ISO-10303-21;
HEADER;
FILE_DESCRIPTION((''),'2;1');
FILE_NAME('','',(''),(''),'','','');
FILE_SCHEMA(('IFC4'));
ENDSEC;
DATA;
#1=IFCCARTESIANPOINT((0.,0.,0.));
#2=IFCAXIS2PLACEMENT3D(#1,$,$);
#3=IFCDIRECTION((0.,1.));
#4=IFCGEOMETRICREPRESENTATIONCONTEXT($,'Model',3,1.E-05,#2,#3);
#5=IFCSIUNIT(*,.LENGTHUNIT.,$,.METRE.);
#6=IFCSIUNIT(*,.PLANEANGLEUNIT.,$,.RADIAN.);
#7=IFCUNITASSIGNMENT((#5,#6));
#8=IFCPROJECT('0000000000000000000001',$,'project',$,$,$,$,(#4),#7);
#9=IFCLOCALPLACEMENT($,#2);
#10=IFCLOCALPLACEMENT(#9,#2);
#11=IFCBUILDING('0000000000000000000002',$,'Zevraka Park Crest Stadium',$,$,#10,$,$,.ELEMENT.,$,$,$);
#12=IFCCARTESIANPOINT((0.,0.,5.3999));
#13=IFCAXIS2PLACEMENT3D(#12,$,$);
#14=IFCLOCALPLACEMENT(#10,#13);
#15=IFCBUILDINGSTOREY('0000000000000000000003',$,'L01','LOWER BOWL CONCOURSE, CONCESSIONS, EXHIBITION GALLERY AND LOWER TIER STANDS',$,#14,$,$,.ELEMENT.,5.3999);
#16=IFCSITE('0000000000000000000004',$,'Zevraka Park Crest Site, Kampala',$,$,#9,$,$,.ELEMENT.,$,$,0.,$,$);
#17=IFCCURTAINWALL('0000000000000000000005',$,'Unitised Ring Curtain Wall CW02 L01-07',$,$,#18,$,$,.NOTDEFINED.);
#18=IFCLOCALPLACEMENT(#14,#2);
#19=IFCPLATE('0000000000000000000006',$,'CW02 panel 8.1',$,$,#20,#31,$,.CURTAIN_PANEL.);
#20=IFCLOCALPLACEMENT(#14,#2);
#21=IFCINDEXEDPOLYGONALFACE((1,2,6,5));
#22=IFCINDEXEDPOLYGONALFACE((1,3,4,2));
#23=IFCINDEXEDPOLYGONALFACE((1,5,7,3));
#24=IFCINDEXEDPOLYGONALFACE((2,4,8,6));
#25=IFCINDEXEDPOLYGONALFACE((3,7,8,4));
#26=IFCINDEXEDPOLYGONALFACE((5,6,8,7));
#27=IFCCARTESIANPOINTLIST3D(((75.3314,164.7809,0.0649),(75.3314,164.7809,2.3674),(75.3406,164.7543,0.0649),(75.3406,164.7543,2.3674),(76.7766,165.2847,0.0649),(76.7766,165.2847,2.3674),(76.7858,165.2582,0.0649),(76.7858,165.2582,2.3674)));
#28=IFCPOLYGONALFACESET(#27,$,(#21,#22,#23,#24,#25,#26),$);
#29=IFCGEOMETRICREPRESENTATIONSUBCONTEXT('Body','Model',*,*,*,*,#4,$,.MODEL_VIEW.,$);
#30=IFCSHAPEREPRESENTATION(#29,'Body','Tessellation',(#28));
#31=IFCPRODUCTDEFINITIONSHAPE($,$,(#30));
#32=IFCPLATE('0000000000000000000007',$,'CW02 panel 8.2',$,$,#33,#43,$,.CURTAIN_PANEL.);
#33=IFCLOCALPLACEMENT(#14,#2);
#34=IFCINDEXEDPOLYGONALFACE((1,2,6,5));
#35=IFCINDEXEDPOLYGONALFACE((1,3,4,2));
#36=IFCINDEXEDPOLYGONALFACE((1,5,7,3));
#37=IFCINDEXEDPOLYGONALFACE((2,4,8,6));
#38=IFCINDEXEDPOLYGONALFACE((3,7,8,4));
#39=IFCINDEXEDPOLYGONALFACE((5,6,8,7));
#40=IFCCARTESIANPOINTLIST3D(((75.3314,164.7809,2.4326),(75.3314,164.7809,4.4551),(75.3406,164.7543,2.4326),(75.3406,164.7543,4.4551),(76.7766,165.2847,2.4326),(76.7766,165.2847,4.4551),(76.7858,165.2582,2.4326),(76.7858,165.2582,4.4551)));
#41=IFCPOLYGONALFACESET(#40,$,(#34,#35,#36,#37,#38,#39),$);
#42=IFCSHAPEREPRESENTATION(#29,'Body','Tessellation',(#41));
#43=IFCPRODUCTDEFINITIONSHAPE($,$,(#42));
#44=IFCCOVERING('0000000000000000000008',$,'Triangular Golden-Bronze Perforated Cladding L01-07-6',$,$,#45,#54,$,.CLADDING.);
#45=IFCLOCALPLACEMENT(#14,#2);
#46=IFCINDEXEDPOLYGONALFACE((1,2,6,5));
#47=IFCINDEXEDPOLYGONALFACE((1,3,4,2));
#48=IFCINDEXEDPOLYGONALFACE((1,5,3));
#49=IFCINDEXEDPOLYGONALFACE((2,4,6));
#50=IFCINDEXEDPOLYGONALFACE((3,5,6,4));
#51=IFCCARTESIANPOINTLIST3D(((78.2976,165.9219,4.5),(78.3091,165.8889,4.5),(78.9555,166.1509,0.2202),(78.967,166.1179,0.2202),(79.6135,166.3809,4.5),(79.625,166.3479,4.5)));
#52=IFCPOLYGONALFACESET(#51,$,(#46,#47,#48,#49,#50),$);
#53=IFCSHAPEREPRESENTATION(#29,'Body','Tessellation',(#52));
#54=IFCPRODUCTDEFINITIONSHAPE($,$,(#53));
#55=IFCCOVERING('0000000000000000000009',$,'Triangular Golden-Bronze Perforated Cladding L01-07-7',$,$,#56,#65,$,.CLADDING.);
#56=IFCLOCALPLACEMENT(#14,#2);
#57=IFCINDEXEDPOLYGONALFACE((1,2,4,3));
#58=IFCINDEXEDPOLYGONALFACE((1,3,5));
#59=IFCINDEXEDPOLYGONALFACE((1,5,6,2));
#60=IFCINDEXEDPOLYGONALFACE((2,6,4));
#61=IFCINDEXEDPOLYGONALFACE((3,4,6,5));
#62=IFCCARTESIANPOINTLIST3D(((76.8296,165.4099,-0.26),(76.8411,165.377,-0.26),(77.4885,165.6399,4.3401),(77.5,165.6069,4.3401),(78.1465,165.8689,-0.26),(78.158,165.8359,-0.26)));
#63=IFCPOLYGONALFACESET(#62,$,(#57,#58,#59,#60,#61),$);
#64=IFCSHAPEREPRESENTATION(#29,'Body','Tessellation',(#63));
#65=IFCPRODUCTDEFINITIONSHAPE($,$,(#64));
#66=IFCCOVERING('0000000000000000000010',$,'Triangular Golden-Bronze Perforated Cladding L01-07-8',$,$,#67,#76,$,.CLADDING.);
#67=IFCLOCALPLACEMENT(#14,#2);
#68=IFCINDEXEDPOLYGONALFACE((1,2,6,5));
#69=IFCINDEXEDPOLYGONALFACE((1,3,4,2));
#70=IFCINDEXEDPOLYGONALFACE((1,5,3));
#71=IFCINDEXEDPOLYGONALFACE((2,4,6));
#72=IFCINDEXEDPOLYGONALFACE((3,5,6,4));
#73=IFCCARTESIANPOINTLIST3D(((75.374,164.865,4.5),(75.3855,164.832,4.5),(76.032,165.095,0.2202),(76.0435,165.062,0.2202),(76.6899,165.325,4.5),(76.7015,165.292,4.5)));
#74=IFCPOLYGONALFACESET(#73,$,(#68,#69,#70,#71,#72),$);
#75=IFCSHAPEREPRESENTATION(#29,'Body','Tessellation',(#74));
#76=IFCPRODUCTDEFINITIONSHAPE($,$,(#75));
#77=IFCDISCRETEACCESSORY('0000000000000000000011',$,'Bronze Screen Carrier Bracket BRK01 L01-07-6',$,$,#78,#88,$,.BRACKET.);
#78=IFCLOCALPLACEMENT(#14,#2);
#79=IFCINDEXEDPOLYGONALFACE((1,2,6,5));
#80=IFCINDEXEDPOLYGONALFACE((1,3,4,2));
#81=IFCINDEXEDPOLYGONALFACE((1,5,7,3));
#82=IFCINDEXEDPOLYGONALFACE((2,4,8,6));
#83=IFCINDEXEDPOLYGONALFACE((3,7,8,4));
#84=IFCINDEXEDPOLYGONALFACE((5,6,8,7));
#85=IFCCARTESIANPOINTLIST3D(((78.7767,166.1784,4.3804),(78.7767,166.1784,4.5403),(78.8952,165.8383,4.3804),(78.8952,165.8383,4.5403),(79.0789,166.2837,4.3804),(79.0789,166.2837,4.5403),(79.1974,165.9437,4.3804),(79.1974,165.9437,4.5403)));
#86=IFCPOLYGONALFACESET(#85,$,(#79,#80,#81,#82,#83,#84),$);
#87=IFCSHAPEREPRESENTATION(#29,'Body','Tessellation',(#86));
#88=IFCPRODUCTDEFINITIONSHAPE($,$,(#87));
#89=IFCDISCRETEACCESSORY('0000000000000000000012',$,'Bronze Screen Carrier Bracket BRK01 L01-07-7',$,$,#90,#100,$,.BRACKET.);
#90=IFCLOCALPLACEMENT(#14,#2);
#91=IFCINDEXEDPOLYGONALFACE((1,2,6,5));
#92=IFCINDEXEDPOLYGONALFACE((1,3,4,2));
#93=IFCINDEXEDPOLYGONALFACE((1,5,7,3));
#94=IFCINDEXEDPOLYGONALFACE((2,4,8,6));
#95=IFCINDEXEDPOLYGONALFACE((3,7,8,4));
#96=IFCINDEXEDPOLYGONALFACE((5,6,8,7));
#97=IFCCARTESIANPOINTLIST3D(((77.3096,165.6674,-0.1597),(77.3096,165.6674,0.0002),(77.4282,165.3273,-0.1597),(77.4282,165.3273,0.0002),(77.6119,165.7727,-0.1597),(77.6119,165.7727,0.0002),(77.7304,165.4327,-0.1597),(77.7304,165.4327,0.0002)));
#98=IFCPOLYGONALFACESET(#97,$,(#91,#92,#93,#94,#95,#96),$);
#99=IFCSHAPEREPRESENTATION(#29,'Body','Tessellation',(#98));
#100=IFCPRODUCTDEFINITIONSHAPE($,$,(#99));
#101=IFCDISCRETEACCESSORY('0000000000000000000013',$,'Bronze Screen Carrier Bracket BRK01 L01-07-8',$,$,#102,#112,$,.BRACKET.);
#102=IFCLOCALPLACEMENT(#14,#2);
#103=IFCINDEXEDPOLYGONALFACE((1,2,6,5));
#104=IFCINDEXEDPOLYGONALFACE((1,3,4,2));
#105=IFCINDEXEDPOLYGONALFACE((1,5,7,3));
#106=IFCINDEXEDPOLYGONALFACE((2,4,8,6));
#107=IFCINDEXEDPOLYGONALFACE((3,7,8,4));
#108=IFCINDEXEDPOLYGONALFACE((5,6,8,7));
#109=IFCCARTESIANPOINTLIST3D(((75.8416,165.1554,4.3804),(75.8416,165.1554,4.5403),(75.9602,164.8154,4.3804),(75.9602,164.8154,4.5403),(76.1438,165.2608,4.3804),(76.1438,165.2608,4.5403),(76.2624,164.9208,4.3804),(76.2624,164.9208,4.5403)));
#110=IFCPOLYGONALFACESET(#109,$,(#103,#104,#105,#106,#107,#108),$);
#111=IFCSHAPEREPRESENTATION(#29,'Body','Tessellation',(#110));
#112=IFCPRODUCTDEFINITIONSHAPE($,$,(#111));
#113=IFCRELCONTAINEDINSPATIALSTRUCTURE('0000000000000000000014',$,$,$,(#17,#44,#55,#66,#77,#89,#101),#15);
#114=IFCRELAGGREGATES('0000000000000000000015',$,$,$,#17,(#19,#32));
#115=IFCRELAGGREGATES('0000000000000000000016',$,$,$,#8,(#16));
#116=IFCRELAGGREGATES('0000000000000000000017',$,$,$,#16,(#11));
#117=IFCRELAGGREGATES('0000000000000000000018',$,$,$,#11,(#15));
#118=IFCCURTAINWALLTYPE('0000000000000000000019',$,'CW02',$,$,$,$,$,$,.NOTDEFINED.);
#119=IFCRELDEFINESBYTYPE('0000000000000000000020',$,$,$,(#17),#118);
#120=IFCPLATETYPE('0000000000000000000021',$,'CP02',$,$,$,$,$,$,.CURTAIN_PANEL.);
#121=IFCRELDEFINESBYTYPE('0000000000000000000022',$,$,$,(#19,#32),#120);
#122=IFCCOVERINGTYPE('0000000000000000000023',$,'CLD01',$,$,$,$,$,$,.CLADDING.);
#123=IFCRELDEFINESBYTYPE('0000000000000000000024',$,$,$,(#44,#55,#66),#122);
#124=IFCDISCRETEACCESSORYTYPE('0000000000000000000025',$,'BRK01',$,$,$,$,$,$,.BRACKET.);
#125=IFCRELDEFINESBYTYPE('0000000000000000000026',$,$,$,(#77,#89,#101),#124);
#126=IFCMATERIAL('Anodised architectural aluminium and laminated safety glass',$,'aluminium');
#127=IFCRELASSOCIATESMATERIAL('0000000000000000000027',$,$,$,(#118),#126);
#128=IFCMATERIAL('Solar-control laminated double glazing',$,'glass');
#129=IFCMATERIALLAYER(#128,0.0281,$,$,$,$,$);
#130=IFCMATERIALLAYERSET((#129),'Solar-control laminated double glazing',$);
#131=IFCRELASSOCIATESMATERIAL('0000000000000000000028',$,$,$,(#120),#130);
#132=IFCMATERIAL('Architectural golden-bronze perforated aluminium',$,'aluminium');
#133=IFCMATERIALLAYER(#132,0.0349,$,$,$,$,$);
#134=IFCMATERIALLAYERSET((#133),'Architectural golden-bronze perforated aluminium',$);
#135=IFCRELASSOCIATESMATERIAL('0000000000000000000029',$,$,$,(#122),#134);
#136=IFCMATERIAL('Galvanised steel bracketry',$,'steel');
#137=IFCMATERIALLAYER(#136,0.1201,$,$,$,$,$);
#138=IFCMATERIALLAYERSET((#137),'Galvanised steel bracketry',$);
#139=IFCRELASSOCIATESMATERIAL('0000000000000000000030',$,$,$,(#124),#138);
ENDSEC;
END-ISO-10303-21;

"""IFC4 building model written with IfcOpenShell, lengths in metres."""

from ifc_helpers import new_model, si_unit, direction, frame, origin, origin_2d, place, context, subcontext, project, spatial, polyline, rectangle, outline, extrude, material, layer, layer_set, type_object, element, aggregate, save


model = new_model("IFC4")

# Units and contexts
model_context = context("Model", 3, precision=1e-05, world=origin(), true_north=direction((0.0, 1.0)))
body_context = subcontext(model_context, "Body", "Model", "MODEL_VIEW")
ifc_project = project(units=[si_unit("LENGTHUNIT", "METRE"), si_unit("PLANEANGLEUNIT", "RADIAN")], contexts=[model_context])

# Site, building, storey
site_placement = place(None, origin())
site = spatial("IfcSite", under=ifc_project, at=site_placement, Name="Zevraka Park Crest Site, Kampala", CompositionType="ELEMENT", RefElevation=0.0)
building_placement = place(site_placement, origin())
building = spatial("IfcBuilding", under=site, at=building_placement, Name="Zevraka Park Crest Stadium", CompositionType="ELEMENT")
storey_placement = place(building_placement, frame((0.0, 0.0, 5.3999)))
storey = spatial("IfcBuildingStorey", under=building, at=storey_placement, Name="L01", Description="LOWER BOWL CONCOURSE, CONCESSIONS, EXHIBITION GALLERY AND LOWER TIER STANDS", CompositionType="ELEMENT", Elevation=5.3999)

# Curtain wall, plates
ifc_material_1 = material(Name="Anodised architectural aluminium and laminated safety glass", Category="aluminium")
curtain_wall_type = type_object("IfcCurtainWallType", Name="CW02", PredefinedType="NOTDEFINED", material=ifc_material_1)
curtain_wall_placement = place(storey_placement, origin())
curtain_wall = element("IfcCurtainWall", 1, at=curtain_wall_placement, inside=storey, type_object=curtain_wall_type, Name="Unitised Ring Curtain Wall CW02 L01-07", PredefinedType="NOTDEFINED")
ifc_material_2 = material(Name="Solar-control laminated double glazing", Category="glass")
ifc_layer_1 = layer(ifc_material_2, 0.0281)
ifc_layer_set_1 = layer_set([ifc_layer_1], Name="Solar-control laminated double glazing")
plate_type = type_object("IfcPlateType", Name="CP02", PredefinedType="CURTAIN_PANEL", material=ifc_layer_set_1)
plate_1_placement = place(storey_placement, frame((76.0586, 165.0195, 0.0649), z_axis=(0.0, 0.0, 1.0), x_axis=(-0.944257, -0.329209, 0.0)))
plate_1 = element("IfcPlate", 2, at=plate_1_placement, type_object=plate_type, Name="CW02 panel 8.1", PredefinedType="CURTAIN_PANEL", context=body_context, shape_type="SweptSolid", body=[
    extrude(rectangle(XDim=1.5305, YDim=0.0281, at=origin_2d()), origin(), (0.0, 0.0, 1.0), 2.3025),
])
plate_2_placement = place(storey_placement, frame((76.0586, 165.0195, 2.4326), z_axis=(0.0, 0.0, 1.0), x_axis=(-0.944257, -0.329209, 0.0)))
plate_2 = element("IfcPlate", 3, at=plate_2_placement, type_object=plate_type, Name="CW02 panel 8.2", PredefinedType="CURTAIN_PANEL", context=body_context, shape_type="SweptSolid", body=[
    extrude(rectangle(XDim=1.5305, YDim=0.0281, at=origin_2d()), origin(), (0.0, 0.0, 1.0), 2.0225),
])
aggregate(curtain_wall, [plate_1, plate_2])

# Coverings
ifc_material_3 = material(Name="Architectural golden-bronze perforated aluminium", Category="aluminium")
ifc_layer_2 = layer(ifc_material_3, 0.0349)
ifc_layer_set_2 = layer_set([ifc_layer_2], Name="Architectural golden-bronze perforated aluminium")
covering_type = type_object("IfcCoveringType", Name="CLD01", PredefinedType="CLADDING", material=ifc_layer_set_2)
covering_1_placement = place(storey_placement, frame((78.3091, 165.8889, 4.5), z_axis=(0.329336, -0.944213, 0.000108), x_axis=(0.944213, 0.329336, 0.0)))
element("IfcCovering", 4, at=covering_1_placement, inside=storey, type_object=covering_type, Name="Triangular Golden-Bronze Perforated Cladding L01-07-6", PredefinedType="CLADDING", context=body_context, shape_type="SweptSolid", body=[
    extrude(outline(polyline([(0.0, 0.0), (1.3937, 0.0), (0.6967, -4.2798), (0.0, 0.0)])), origin(), (0.0, 0.0, -1.0), 0.0349),
])
covering_2_placement = place(storey_placement, frame((78.158, 165.8359, -0.26), z_axis=(0.329118, -0.944289, 0.000065), x_axis=(-0.944289, -0.329118, 0.0)))
element("IfcCovering", 5, at=covering_2_placement, inside=storey, type_object=covering_type, Name="Triangular Golden-Bronze Perforated Cladding L01-07-7", PredefinedType="CLADDING", context=body_context, shape_type="SweptSolid", body=[
    extrude(outline(polyline([(0.0, 0.0), (1.3946, 0.0), (0.6967, -4.6001), (0.0, 0.0)])), origin(), (0.0, 0.0, -1.0), 0.0349),
])
covering_3_placement = place(storey_placement, frame((75.374, 164.865, 4.5), z_axis=(-0.32996, 0.943995, 0.0), x_axis=(0.943995, 0.32996, 0.0)))
element("IfcCovering", 6, at=covering_3_placement, inside=storey, type_object=covering_type, Name="Triangular Golden-Bronze Perforated Cladding L01-07-8", PredefinedType="CLADDING", context=body_context, shape_type="SweptSolid", body=[
    extrude(outline(polyline([(0.0, 0.0), (1.394, 0.0), (0.697, 4.2798), (0.0, 0.0)])), origin(), (0.0, 0.0, -1.0), 0.0349),
])

# Discrete accessories
ifc_material_4 = material(Name="Galvanised steel bracketry", Category="steel")
ifc_layer_3 = layer(ifc_material_4, 0.1201)
ifc_layer_set_3 = layer_set([ifc_layer_3], Name="Galvanised steel bracketry")
discrete_accessory_type = type_object("IfcDiscreteAccessoryType", Name="BRK01", PredefinedType="BRACKET", material=ifc_layer_set_3)
for number, where, z_axis, x_axis, name in (
    (7, (78.9871, 166.061, 4.3804), (0.0, 0.0, 1.0), (-0.944262, -0.329196, 0.0), "Bronze Screen Carrier Bracket BRK01 L01-07-6"),
    (8, (77.52, 165.55, -0.1597), (0.0, 0.0, 1.0), (-0.944262, -0.329196, 0.0), "Bronze Screen Carrier Bracket BRK01 L01-07-7"),
    (9, (76.052, 165.0381, 4.3804), (0.0, 0.0, 1.0), (-0.944262, -0.329196, 0.0), "Bronze Screen Carrier Bracket BRK01 L01-07-8"),
):
    element("IfcDiscreteAccessory", number, at=place(storey_placement, frame(where, z_axis=z_axis, x_axis=x_axis)), inside=storey, type_object=discrete_accessory_type, Name=name, PredefinedType="BRACKET", context=body_context, shape_type="SweptSolid", body=[
        extrude(rectangle(XDim=0.3201, YDim=0.3601, at=origin_2d()), origin(), (0.0, 0.0, 1.0), 0.1599),
    ])

save(model, "model.ifc")
